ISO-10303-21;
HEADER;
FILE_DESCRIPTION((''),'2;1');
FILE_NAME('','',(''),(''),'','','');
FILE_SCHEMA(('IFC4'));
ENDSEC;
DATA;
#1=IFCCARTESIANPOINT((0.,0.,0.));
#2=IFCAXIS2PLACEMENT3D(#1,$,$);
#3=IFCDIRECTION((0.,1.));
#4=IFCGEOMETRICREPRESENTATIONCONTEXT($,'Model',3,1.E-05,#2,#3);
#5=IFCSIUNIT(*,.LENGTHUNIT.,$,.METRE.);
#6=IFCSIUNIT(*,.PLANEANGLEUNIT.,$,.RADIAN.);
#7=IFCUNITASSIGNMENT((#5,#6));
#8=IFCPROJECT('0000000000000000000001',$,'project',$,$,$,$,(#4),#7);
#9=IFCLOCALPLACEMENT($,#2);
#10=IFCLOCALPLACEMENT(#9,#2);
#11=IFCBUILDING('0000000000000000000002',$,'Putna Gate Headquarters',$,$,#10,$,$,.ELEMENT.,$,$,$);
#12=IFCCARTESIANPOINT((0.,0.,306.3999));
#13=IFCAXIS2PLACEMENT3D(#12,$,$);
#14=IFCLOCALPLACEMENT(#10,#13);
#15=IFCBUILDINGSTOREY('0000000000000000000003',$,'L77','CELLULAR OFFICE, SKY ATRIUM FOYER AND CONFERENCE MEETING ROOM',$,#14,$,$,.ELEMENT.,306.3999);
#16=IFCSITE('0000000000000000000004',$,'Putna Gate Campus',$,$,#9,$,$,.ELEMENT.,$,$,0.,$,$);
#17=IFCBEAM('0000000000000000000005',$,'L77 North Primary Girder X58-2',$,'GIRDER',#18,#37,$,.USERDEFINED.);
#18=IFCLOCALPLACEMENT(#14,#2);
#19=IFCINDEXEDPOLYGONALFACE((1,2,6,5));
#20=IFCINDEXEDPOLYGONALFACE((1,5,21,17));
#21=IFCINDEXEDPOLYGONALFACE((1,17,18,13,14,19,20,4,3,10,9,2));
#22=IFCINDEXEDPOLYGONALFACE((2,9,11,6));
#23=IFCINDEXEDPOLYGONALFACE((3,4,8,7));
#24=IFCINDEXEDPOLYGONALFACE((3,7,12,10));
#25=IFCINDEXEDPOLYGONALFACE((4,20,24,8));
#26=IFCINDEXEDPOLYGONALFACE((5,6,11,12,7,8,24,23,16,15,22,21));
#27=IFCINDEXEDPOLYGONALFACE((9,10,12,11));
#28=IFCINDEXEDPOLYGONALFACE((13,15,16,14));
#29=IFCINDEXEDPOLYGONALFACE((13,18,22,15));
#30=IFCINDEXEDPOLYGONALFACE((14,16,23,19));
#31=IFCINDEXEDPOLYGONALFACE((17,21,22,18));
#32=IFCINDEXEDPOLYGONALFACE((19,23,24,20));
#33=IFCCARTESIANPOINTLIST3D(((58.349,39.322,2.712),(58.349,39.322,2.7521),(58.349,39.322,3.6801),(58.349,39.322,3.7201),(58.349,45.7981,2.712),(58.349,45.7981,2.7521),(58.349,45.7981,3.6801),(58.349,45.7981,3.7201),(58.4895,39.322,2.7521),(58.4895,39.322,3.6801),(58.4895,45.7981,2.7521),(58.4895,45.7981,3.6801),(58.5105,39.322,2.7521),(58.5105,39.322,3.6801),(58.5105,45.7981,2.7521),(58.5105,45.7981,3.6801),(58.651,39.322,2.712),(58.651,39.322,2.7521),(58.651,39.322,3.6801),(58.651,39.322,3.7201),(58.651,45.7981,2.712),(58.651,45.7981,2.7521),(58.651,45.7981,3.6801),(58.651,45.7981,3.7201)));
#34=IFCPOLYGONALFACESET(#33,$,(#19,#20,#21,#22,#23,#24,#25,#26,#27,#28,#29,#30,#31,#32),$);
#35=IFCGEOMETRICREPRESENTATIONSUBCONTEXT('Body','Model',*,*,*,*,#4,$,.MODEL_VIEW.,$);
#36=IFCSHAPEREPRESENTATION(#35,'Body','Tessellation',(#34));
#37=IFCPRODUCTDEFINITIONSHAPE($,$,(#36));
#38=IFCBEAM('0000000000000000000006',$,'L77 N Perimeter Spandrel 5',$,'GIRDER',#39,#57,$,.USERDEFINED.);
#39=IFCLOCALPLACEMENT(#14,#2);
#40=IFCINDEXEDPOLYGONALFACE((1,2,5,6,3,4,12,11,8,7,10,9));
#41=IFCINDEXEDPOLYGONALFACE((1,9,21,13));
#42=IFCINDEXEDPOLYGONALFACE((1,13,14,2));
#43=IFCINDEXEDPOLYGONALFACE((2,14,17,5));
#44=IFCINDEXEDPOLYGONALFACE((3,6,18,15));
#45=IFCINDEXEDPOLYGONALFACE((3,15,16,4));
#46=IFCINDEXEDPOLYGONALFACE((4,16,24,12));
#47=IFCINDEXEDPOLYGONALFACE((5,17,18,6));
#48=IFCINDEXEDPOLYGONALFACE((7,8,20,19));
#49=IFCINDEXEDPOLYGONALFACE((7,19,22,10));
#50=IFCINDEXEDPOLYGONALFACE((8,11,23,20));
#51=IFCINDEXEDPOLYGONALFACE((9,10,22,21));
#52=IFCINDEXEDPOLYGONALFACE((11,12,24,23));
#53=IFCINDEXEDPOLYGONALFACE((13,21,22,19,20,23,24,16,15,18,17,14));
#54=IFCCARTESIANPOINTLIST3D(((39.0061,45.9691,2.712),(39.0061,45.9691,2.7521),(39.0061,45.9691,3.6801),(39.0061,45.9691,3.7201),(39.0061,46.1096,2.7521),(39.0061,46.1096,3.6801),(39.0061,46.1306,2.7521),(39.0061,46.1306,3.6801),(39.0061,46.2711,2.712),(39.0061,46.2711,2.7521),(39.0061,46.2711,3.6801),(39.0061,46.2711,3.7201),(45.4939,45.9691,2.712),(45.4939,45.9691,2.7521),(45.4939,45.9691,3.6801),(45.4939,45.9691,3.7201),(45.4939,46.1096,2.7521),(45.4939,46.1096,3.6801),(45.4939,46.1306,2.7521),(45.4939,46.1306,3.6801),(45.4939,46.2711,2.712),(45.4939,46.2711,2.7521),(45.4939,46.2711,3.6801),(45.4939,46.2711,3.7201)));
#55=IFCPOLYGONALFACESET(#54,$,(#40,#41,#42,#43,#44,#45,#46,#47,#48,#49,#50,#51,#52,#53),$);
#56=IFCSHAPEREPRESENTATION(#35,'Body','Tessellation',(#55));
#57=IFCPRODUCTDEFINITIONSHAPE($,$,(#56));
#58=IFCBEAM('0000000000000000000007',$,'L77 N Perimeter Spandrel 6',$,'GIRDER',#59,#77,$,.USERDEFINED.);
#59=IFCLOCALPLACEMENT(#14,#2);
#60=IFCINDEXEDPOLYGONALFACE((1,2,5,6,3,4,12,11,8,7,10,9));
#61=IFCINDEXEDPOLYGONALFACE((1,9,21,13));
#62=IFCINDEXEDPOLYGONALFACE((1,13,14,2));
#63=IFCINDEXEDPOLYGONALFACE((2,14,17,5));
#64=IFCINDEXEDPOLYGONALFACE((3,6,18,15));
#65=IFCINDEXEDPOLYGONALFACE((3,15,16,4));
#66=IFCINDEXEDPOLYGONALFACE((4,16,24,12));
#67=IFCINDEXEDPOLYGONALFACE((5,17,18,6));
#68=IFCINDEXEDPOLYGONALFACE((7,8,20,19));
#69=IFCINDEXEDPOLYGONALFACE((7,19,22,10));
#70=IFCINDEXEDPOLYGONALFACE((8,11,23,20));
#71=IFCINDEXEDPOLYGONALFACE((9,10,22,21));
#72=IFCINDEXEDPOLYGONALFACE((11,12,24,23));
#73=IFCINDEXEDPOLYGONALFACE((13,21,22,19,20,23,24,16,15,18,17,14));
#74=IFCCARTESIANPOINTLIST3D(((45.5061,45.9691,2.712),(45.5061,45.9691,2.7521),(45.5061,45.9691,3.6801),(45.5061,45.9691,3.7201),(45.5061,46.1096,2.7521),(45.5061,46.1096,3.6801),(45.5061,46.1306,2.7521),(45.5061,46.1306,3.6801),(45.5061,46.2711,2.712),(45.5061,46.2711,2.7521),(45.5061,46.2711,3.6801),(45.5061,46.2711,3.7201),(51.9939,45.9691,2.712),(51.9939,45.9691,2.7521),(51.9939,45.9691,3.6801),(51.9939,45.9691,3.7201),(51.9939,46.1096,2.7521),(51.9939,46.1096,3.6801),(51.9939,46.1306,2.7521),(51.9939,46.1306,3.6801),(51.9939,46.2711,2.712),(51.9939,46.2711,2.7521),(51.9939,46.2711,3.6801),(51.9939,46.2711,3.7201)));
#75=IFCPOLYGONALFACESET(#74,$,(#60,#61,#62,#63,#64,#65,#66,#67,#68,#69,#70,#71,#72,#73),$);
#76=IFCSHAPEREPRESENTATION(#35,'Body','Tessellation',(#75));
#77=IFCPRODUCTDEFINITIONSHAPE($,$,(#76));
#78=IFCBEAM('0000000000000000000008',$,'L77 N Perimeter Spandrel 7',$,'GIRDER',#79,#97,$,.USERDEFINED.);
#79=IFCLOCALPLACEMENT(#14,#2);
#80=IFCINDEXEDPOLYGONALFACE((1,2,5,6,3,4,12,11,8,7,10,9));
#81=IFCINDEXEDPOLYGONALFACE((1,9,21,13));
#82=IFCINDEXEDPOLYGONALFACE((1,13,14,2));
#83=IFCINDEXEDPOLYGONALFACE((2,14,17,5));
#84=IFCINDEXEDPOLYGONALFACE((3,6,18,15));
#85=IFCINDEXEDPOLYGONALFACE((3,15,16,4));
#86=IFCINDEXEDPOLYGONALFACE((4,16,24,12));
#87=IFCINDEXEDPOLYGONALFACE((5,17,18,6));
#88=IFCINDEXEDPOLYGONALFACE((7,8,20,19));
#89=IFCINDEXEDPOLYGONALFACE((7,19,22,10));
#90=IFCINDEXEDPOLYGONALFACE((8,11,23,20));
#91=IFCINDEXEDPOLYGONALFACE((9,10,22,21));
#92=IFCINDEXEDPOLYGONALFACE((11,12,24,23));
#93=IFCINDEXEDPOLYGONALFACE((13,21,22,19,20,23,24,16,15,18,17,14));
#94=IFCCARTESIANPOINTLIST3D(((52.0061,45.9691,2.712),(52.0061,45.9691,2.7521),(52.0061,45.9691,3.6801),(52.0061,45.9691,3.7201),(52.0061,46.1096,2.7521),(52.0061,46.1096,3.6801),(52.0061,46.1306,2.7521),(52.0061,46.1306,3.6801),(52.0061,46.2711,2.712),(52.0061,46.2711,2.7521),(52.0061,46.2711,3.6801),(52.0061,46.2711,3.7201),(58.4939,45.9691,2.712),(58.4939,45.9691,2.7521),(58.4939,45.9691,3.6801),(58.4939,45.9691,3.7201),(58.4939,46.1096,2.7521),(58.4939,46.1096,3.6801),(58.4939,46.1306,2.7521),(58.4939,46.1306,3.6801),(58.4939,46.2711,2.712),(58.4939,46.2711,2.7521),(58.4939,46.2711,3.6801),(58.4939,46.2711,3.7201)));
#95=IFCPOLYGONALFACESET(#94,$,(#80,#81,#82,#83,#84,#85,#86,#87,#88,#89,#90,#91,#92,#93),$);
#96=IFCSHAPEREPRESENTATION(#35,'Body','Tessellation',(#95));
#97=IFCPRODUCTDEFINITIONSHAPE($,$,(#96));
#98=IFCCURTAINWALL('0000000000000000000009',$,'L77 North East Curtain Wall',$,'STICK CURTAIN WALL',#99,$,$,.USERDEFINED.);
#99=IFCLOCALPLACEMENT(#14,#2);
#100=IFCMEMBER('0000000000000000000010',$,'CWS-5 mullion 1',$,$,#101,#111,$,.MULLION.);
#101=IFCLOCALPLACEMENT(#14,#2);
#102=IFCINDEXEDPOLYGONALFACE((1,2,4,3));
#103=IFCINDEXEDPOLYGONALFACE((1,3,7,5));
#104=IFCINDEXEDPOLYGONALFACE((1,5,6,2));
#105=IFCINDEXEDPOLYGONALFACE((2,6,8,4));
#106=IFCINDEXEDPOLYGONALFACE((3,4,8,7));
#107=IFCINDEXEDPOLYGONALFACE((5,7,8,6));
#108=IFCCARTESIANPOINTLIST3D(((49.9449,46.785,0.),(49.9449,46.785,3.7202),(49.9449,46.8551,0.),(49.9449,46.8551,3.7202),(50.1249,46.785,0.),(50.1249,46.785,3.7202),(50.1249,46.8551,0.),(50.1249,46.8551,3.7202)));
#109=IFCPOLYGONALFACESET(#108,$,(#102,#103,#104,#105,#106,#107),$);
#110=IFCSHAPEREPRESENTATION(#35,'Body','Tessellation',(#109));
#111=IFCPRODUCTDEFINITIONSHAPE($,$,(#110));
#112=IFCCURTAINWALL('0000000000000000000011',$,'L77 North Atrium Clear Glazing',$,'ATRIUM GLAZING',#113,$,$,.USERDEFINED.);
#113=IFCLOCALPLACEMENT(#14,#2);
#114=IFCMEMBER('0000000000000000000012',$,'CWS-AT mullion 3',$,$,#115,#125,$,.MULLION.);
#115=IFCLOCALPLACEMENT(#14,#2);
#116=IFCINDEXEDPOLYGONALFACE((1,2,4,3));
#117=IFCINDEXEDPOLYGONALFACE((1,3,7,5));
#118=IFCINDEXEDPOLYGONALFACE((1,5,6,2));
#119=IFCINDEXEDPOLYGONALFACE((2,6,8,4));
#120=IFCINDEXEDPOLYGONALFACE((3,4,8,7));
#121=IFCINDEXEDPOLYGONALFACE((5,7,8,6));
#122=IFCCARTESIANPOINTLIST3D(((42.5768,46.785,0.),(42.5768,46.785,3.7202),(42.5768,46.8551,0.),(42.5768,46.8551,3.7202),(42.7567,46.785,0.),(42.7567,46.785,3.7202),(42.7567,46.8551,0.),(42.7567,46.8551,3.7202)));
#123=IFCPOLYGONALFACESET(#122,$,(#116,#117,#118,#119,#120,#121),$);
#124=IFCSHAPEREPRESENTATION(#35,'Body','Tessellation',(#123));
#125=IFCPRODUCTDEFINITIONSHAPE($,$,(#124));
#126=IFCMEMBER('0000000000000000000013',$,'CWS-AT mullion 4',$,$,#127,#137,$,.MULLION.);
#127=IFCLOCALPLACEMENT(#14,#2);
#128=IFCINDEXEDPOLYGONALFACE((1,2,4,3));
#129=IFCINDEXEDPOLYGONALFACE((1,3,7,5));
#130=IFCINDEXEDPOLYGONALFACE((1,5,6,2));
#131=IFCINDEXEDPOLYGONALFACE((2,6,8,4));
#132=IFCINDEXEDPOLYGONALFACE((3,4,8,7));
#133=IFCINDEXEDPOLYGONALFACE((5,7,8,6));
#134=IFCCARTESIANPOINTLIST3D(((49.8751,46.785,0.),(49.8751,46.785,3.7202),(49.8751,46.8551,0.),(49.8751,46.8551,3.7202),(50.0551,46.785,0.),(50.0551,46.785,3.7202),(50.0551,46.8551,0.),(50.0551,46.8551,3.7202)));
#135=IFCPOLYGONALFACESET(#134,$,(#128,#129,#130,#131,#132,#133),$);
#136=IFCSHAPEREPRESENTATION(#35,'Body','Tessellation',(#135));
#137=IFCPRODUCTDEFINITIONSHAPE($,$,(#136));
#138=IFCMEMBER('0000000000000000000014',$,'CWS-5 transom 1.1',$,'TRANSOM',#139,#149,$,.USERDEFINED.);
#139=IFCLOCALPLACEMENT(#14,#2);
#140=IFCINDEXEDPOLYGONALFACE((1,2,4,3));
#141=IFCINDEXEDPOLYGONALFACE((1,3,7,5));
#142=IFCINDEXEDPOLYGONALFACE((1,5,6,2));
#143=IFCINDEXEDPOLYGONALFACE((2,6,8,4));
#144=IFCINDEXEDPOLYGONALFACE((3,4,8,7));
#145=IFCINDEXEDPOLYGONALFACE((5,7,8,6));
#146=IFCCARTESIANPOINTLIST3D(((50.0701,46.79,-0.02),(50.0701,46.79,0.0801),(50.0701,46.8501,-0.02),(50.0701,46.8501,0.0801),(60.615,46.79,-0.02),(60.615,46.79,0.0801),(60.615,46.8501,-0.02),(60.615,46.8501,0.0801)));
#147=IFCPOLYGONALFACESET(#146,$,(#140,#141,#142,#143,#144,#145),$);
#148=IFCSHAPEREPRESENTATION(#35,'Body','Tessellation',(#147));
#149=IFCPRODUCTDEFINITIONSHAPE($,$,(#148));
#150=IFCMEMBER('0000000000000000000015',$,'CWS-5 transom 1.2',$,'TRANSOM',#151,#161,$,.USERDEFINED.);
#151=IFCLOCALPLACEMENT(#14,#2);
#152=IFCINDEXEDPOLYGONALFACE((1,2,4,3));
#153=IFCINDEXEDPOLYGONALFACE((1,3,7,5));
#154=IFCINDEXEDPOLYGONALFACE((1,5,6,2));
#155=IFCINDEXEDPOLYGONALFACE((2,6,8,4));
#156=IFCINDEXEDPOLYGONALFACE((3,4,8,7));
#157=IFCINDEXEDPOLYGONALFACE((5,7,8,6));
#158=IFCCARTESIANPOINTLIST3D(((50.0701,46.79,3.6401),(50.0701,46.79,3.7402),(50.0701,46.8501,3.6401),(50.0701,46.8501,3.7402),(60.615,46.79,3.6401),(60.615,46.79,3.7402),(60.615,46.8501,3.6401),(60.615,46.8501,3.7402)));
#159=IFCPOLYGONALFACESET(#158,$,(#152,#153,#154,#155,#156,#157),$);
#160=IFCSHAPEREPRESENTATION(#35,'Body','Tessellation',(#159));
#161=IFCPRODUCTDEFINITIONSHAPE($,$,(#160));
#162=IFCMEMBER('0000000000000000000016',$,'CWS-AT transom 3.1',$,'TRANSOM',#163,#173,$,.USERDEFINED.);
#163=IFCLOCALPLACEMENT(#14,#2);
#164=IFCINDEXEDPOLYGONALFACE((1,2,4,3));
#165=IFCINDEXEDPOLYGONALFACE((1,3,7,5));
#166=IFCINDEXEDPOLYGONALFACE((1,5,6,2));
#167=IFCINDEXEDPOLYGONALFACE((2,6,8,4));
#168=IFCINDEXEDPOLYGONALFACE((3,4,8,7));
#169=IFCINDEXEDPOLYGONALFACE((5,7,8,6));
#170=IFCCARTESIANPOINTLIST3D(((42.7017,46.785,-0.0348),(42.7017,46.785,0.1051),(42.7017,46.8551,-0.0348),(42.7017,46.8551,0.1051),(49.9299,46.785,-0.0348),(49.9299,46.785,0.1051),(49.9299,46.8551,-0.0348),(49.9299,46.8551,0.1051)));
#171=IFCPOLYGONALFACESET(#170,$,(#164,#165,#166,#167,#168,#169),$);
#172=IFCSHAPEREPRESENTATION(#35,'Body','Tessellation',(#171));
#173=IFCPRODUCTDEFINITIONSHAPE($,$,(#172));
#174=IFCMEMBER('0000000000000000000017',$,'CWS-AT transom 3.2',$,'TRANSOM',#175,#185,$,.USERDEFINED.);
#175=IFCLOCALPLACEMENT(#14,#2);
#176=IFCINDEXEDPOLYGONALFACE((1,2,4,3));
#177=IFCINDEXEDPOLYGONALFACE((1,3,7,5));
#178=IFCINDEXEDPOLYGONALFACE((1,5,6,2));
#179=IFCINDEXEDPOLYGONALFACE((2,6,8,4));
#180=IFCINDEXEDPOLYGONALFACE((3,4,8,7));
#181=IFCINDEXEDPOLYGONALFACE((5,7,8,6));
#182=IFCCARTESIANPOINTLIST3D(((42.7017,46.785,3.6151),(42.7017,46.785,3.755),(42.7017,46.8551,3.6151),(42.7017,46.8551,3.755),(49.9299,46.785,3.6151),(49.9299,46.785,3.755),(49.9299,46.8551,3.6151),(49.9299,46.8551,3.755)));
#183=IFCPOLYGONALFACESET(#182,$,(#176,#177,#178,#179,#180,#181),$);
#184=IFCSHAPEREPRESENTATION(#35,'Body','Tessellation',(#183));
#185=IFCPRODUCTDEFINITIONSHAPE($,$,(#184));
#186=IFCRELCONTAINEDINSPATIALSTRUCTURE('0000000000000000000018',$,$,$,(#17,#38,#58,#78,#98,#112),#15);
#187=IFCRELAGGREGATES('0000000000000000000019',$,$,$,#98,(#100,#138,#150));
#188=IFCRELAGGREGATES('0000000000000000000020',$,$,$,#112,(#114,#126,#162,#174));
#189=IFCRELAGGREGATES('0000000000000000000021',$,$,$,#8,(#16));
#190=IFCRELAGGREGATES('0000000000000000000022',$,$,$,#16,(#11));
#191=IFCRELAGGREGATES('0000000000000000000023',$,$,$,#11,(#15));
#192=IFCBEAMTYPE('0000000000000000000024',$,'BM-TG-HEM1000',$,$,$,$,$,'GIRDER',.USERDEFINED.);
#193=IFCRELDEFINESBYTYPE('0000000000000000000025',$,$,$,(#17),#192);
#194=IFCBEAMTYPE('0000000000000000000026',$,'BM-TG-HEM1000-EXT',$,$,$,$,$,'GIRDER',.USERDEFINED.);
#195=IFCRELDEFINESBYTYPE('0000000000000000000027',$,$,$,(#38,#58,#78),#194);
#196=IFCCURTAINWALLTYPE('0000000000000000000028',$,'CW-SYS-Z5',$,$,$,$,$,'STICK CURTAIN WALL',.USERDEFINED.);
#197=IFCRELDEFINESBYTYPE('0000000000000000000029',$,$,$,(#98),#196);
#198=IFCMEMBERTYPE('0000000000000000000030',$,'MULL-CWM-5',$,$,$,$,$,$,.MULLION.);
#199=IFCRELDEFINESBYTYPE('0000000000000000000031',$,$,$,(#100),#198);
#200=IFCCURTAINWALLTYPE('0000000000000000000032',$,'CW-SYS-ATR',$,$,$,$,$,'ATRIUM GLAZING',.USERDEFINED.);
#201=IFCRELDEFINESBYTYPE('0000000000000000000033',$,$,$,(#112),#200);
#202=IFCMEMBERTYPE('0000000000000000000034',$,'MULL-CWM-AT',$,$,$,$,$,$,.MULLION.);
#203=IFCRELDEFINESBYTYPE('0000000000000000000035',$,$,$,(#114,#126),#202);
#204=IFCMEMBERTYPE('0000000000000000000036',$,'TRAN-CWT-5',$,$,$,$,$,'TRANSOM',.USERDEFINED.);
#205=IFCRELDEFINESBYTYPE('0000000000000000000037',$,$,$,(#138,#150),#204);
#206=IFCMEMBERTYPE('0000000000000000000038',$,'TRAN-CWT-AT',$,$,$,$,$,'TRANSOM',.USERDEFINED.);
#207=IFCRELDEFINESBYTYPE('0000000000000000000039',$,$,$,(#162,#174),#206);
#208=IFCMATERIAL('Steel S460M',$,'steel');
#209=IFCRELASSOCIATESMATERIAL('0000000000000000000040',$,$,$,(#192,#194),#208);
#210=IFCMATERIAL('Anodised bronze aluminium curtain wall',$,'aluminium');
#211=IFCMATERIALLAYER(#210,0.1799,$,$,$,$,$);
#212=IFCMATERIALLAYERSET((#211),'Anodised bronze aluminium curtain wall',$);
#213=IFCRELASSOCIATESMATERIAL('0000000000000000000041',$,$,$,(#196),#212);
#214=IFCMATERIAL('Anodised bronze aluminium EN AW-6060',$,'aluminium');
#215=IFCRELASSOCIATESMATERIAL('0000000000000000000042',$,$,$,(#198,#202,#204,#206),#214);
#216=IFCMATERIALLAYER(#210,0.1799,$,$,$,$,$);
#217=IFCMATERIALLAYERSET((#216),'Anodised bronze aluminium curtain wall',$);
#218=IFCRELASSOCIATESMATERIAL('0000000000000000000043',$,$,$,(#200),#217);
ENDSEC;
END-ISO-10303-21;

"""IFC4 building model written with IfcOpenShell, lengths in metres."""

from ifc_helpers import new_model, si_unit, direction, frame, origin, origin_2d, place, context, subcontext, project, spatial, rectangle, i_section, extrude, material, layer, layer_set, material_profile, profile_set, type_object, element, aggregate, save


model = new_model("IFC4")

# Units and contexts
model_context = context("Model", 3, precision=1e-05, world=origin(), true_north=direction((0.0, 1.0)))
body_context = subcontext(model_context, "Body", "Model", "MODEL_VIEW")
ifc_project = project(units=[si_unit("LENGTHUNIT", "METRE"), si_unit("PLANEANGLEUNIT", "RADIAN")], contexts=[model_context])

# Site, building, storey
site_placement = place(None, origin())
site = spatial("IfcSite", under=ifc_project, at=site_placement, Name="Putna Gate Campus", CompositionType="ELEMENT", RefElevation=0.0)
building_placement = place(site_placement, origin())
building = spatial("IfcBuilding", under=site, at=building_placement, Name="Putna Gate Headquarters", CompositionType="ELEMENT")
storey_placement = place(building_placement, frame((0.0, 0.0, 306.3999)))
storey = spatial("IfcBuildingStorey", under=building, at=storey_placement, Name="L77", Description="CELLULAR OFFICE, SKY ATRIUM FOYER AND CONFERENCE MEETING ROOM", CompositionType="ELEMENT", Elevation=306.3999)

# Shared definitions
ifc_material_1 = material(Name="Steel S460M", Category="steel")

# Beams
ifc_material_profile_1 = material_profile(ifc_material_1, i_section(OverallWidth=0.302, OverallDepth=1.0081, WebThickness=0.021, FlangeThickness=0.04, at=origin_2d()), Name="Steel S460M")
ifc_profile_set_1 = profile_set([ifc_material_profile_1], Name="Steel S460M")
beam_type_1 = type_object("IfcBeamType", Name="BM-TG-HEM1000", ElementType="GIRDER", PredefinedType="USERDEFINED", material=ifc_profile_set_1)
for number, where, z_axis, x_axis, name in (
    (1, (58.5, 39.322, 3.2161), (0.0, 1.0, 0.0), (-1.0, 0.0, 0.0), "L77 North Primary Girder X58-2"),
):
    element("IfcBeam", number, at=place(storey_placement, frame(where, z_axis=z_axis, x_axis=x_axis)), inside=storey, type_object=beam_type_1, Name=name, ObjectType="GIRDER", PredefinedType="USERDEFINED", context=body_context, shape_type="SweptSolid", body=[
        extrude(i_section(OverallWidth=0.302, OverallDepth=1.0081, WebThickness=0.021, FlangeThickness=0.04, at=origin_2d()), origin(), (0.0, 0.0, 1.0), 6.4761),
    ])
ifc_material_profile_2 = material_profile(ifc_material_1, i_section(OverallWidth=0.302, OverallDepth=1.0081, WebThickness=0.021, FlangeThickness=0.04, at=origin_2d()), Name="Steel S460M")
ifc_profile_set_2 = profile_set([ifc_material_profile_2], Name="Steel S460M")
beam_type_2 = type_object("IfcBeamType", Name="BM-TG-HEM1000-EXT", ElementType="GIRDER", PredefinedType="USERDEFINED", material=ifc_profile_set_2)
for number, where, z_axis, x_axis, name in (
    (2, (39.0061, 46.1201, 3.2161), (1.0, 0.0, 0.0), (0.0, 1.0, 0.0), "L77 N Perimeter Spandrel 5"),
    (3, (45.5061, 46.1201, 3.2161), (1.0, 0.0, 0.0), (0.0, 1.0, 0.0), "L77 N Perimeter Spandrel 6"),
    (4, (52.0061, 46.1201, 3.2161), (1.0, 0.0, 0.0), (0.0, 1.0, 0.0), "L77 N Perimeter Spandrel 7"),
):
    element("IfcBeam", number, at=place(storey_placement, frame(where, z_axis=z_axis, x_axis=x_axis)), inside=storey, type_object=beam_type_2, Name=name, ObjectType="GIRDER", PredefinedType="USERDEFINED", context=body_context, shape_type="SweptSolid", body=[
        extrude(i_section(OverallWidth=0.302, OverallDepth=1.0081, WebThickness=0.021, FlangeThickness=0.04, at=origin_2d()), origin(), (0.0, 0.0, 1.0), 6.4878),
    ])

# Curtain wall, member
ifc_material_2 = material(Name="Anodised bronze aluminium curtain wall", Category="aluminium")
ifc_layer_1 = layer(ifc_material_2, 0.1799)
ifc_layer_set_1 = layer_set([ifc_layer_1], Name="Anodised bronze aluminium curtain wall")
curtain_wall_type_1 = type_object("IfcCurtainWallType", Name="CW-SYS-Z5", ElementType="STICK CURTAIN WALL", PredefinedType="USERDEFINED", material=ifc_layer_set_1)
curtain_wall_1_placement = place(storey_placement, origin())
curtain_wall_1 = element("IfcCurtainWall", 5, at=curtain_wall_1_placement, inside=storey, type_object=curtain_wall_type_1, Name="L77 North East Curtain Wall", ObjectType="STICK CURTAIN WALL", PredefinedType="USERDEFINED")
ifc_material_3 = material(Name="Anodised bronze aluminium EN AW-6060", Category="aluminium")
ifc_material_profile_3 = material_profile(ifc_material_3, rectangle(XDim=0.0701, YDim=0.1799, at=origin_2d()), Name="Anodised bronze aluminium EN AW-6060")
ifc_profile_set_3 = profile_set([ifc_material_profile_3], Name="Anodised bronze aluminium EN AW-6060")
member_type_1 = type_object("IfcMemberType", Name="MULL-CWM-5", PredefinedType="MULLION", material=ifc_profile_set_3)
member_1_placement = place(storey_placement, frame((50.0349, 46.8201, 0.0), z_axis=(0.0, 0.0, 1.0), x_axis=(0.0, 1.0, 0.0)))
member_1 = element("IfcMember", 6, at=member_1_placement, type_object=member_type_1, Name="CWS-5 mullion 1", PredefinedType="MULLION", context=body_context, shape_type="SweptSolid", body=[
    extrude(rectangle(XDim=0.0701, YDim=0.1799, at=origin_2d()), origin(), (0.0, 0.0, 1.0), 3.7202),
])

# Curtain wall, members
ifc_layer_2 = layer(ifc_material_2, 0.1799)
ifc_layer_set_2 = layer_set([ifc_layer_2], Name="Anodised bronze aluminium curtain wall")
curtain_wall_type_2 = type_object("IfcCurtainWallType", Name="CW-SYS-ATR", ElementType="ATRIUM GLAZING", PredefinedType="USERDEFINED", material=ifc_layer_set_2)
curtain_wall_2_placement = place(storey_placement, origin())
curtain_wall_2 = element("IfcCurtainWall", 7, at=curtain_wall_2_placement, inside=storey, type_object=curtain_wall_type_2, Name="L77 North Atrium Clear Glazing", ObjectType="ATRIUM GLAZING", PredefinedType="USERDEFINED")
ifc_material_profile_4 = material_profile(ifc_material_3, rectangle(XDim=0.0701, YDim=0.1799, at=origin_2d()), Name="Anodised bronze aluminium EN AW-6060")
ifc_profile_set_4 = profile_set([ifc_material_profile_4], Name="Anodised bronze aluminium EN AW-6060")
member_type_2 = type_object("IfcMemberType", Name="MULL-CWM-AT", PredefinedType="MULLION", material=ifc_profile_set_4)
member_2_placement = place(storey_placement, frame((42.6667, 46.8201, 0.0), z_axis=(0.0, 0.0, 1.0), x_axis=(0.0, 1.0, 0.0)))
member_2 = element("IfcMember", 8, at=member_2_placement, type_object=member_type_2, Name="CWS-AT mullion 3", PredefinedType="MULLION", context=body_context, shape_type="SweptSolid", body=[
    extrude(rectangle(XDim=0.0701, YDim=0.1799, at=origin_2d()), origin(), (0.0, 0.0, 1.0), 3.7202),
])
member_3_placement = place(storey_placement, frame((49.9651, 46.8201, 0.0), z_axis=(0.0, 0.0, 1.0), x_axis=(0.0, 1.0, 0.0)))
member_3 = element("IfcMember", 9, at=member_3_placement, type_object=member_type_2, Name="CWS-AT mullion 4", PredefinedType="MULLION", context=body_context, shape_type="SweptSolid", body=[
    extrude(rectangle(XDim=0.0701, YDim=0.1799, at=origin_2d()), origin(), (0.0, 0.0, 1.0), 3.7202),
])

# Members
ifc_material_profile_5 = material_profile(ifc_material_3, rectangle(XDim=0.0601, YDim=0.1001, at=origin_2d()), Name="Anodised bronze aluminium EN AW-6060")
ifc_profile_set_5 = profile_set([ifc_material_profile_5], Name="Anodised bronze aluminium EN AW-6060")
member_type_3 = type_object("IfcMemberType", Name="TRAN-CWT-5", ElementType="TRANSOM", PredefinedType="USERDEFINED", material=ifc_profile_set_5)
member_4_placement = place(storey_placement, frame((50.0701, 46.8201, 0.03), z_axis=(1.0, 0.0, 0.0), x_axis=(0.0, 1.0, 0.0)))
member_4 = element("IfcMember", 10, at=member_4_placement, type_object=member_type_3, Name="CWS-5 transom 1.1", ObjectType="TRANSOM", PredefinedType="USERDEFINED", context=body_context, shape_type="SweptSolid", body=[
    extrude(rectangle(XDim=0.0601, YDim=0.1001, at=origin_2d()), origin(), (0.0, 0.0, 1.0), 10.5449),
])
member_5_placement = place(storey_placement, frame((50.0701, 46.8201, 3.6902), z_axis=(1.0, 0.0, 0.0), x_axis=(0.0, 1.0, 0.0)))
member_5 = element("IfcMember", 11, at=member_5_placement, type_object=member_type_3, Name="CWS-5 transom 1.2", ObjectType="TRANSOM", PredefinedType="USERDEFINED", context=body_context, shape_type="SweptSolid", body=[
    extrude(rectangle(XDim=0.0601, YDim=0.1001, at=origin_2d()), origin(), (0.0, 0.0, 1.0), 10.5449),
])
ifc_material_profile_6 = material_profile(ifc_material_3, rectangle(XDim=0.0701, YDim=0.1399, at=origin_2d()), Name="Anodised bronze aluminium EN AW-6060")
ifc_profile_set_6 = profile_set([ifc_material_profile_6], Name="Anodised bronze aluminium EN AW-6060")
member_type_4 = type_object("IfcMemberType", Name="TRAN-CWT-AT", ElementType="TRANSOM", PredefinedType="USERDEFINED", material=ifc_profile_set_6)
member_6_placement = place(storey_placement, frame((42.7017, 46.8201, 0.0352), z_axis=(1.0, 0.0, 0.0), x_axis=(0.0, 1.0, 0.0)))
member_6 = element("IfcMember", 12, at=member_6_placement, type_object=member_type_4, Name="CWS-AT transom 3.1", ObjectType="TRANSOM", PredefinedType="USERDEFINED", context=body_context, shape_type="SweptSolid", body=[
    extrude(rectangle(XDim=0.0701, YDim=0.1399, at=origin_2d()), origin(), (0.0, 0.0, 1.0), 7.2283),
])
member_7_placement = place(storey_placement, frame((42.7017, 46.8201, 3.6851), z_axis=(1.0, 0.0, 0.0), x_axis=(0.0, 1.0, 0.0)))
member_7 = element("IfcMember", 13, at=member_7_placement, type_object=member_type_4, Name="CWS-AT transom 3.2", ObjectType="TRANSOM", PredefinedType="USERDEFINED", context=body_context, shape_type="SweptSolid", body=[
    extrude(rectangle(XDim=0.0701, YDim=0.1399, at=origin_2d()), origin(), (0.0, 0.0, 1.0), 7.2283),
])

aggregate(curtain_wall_1, [member_1, member_4, member_5])
aggregate(curtain_wall_2, [member_2, member_3, member_6, member_7])

save(model, "model.ifc")
